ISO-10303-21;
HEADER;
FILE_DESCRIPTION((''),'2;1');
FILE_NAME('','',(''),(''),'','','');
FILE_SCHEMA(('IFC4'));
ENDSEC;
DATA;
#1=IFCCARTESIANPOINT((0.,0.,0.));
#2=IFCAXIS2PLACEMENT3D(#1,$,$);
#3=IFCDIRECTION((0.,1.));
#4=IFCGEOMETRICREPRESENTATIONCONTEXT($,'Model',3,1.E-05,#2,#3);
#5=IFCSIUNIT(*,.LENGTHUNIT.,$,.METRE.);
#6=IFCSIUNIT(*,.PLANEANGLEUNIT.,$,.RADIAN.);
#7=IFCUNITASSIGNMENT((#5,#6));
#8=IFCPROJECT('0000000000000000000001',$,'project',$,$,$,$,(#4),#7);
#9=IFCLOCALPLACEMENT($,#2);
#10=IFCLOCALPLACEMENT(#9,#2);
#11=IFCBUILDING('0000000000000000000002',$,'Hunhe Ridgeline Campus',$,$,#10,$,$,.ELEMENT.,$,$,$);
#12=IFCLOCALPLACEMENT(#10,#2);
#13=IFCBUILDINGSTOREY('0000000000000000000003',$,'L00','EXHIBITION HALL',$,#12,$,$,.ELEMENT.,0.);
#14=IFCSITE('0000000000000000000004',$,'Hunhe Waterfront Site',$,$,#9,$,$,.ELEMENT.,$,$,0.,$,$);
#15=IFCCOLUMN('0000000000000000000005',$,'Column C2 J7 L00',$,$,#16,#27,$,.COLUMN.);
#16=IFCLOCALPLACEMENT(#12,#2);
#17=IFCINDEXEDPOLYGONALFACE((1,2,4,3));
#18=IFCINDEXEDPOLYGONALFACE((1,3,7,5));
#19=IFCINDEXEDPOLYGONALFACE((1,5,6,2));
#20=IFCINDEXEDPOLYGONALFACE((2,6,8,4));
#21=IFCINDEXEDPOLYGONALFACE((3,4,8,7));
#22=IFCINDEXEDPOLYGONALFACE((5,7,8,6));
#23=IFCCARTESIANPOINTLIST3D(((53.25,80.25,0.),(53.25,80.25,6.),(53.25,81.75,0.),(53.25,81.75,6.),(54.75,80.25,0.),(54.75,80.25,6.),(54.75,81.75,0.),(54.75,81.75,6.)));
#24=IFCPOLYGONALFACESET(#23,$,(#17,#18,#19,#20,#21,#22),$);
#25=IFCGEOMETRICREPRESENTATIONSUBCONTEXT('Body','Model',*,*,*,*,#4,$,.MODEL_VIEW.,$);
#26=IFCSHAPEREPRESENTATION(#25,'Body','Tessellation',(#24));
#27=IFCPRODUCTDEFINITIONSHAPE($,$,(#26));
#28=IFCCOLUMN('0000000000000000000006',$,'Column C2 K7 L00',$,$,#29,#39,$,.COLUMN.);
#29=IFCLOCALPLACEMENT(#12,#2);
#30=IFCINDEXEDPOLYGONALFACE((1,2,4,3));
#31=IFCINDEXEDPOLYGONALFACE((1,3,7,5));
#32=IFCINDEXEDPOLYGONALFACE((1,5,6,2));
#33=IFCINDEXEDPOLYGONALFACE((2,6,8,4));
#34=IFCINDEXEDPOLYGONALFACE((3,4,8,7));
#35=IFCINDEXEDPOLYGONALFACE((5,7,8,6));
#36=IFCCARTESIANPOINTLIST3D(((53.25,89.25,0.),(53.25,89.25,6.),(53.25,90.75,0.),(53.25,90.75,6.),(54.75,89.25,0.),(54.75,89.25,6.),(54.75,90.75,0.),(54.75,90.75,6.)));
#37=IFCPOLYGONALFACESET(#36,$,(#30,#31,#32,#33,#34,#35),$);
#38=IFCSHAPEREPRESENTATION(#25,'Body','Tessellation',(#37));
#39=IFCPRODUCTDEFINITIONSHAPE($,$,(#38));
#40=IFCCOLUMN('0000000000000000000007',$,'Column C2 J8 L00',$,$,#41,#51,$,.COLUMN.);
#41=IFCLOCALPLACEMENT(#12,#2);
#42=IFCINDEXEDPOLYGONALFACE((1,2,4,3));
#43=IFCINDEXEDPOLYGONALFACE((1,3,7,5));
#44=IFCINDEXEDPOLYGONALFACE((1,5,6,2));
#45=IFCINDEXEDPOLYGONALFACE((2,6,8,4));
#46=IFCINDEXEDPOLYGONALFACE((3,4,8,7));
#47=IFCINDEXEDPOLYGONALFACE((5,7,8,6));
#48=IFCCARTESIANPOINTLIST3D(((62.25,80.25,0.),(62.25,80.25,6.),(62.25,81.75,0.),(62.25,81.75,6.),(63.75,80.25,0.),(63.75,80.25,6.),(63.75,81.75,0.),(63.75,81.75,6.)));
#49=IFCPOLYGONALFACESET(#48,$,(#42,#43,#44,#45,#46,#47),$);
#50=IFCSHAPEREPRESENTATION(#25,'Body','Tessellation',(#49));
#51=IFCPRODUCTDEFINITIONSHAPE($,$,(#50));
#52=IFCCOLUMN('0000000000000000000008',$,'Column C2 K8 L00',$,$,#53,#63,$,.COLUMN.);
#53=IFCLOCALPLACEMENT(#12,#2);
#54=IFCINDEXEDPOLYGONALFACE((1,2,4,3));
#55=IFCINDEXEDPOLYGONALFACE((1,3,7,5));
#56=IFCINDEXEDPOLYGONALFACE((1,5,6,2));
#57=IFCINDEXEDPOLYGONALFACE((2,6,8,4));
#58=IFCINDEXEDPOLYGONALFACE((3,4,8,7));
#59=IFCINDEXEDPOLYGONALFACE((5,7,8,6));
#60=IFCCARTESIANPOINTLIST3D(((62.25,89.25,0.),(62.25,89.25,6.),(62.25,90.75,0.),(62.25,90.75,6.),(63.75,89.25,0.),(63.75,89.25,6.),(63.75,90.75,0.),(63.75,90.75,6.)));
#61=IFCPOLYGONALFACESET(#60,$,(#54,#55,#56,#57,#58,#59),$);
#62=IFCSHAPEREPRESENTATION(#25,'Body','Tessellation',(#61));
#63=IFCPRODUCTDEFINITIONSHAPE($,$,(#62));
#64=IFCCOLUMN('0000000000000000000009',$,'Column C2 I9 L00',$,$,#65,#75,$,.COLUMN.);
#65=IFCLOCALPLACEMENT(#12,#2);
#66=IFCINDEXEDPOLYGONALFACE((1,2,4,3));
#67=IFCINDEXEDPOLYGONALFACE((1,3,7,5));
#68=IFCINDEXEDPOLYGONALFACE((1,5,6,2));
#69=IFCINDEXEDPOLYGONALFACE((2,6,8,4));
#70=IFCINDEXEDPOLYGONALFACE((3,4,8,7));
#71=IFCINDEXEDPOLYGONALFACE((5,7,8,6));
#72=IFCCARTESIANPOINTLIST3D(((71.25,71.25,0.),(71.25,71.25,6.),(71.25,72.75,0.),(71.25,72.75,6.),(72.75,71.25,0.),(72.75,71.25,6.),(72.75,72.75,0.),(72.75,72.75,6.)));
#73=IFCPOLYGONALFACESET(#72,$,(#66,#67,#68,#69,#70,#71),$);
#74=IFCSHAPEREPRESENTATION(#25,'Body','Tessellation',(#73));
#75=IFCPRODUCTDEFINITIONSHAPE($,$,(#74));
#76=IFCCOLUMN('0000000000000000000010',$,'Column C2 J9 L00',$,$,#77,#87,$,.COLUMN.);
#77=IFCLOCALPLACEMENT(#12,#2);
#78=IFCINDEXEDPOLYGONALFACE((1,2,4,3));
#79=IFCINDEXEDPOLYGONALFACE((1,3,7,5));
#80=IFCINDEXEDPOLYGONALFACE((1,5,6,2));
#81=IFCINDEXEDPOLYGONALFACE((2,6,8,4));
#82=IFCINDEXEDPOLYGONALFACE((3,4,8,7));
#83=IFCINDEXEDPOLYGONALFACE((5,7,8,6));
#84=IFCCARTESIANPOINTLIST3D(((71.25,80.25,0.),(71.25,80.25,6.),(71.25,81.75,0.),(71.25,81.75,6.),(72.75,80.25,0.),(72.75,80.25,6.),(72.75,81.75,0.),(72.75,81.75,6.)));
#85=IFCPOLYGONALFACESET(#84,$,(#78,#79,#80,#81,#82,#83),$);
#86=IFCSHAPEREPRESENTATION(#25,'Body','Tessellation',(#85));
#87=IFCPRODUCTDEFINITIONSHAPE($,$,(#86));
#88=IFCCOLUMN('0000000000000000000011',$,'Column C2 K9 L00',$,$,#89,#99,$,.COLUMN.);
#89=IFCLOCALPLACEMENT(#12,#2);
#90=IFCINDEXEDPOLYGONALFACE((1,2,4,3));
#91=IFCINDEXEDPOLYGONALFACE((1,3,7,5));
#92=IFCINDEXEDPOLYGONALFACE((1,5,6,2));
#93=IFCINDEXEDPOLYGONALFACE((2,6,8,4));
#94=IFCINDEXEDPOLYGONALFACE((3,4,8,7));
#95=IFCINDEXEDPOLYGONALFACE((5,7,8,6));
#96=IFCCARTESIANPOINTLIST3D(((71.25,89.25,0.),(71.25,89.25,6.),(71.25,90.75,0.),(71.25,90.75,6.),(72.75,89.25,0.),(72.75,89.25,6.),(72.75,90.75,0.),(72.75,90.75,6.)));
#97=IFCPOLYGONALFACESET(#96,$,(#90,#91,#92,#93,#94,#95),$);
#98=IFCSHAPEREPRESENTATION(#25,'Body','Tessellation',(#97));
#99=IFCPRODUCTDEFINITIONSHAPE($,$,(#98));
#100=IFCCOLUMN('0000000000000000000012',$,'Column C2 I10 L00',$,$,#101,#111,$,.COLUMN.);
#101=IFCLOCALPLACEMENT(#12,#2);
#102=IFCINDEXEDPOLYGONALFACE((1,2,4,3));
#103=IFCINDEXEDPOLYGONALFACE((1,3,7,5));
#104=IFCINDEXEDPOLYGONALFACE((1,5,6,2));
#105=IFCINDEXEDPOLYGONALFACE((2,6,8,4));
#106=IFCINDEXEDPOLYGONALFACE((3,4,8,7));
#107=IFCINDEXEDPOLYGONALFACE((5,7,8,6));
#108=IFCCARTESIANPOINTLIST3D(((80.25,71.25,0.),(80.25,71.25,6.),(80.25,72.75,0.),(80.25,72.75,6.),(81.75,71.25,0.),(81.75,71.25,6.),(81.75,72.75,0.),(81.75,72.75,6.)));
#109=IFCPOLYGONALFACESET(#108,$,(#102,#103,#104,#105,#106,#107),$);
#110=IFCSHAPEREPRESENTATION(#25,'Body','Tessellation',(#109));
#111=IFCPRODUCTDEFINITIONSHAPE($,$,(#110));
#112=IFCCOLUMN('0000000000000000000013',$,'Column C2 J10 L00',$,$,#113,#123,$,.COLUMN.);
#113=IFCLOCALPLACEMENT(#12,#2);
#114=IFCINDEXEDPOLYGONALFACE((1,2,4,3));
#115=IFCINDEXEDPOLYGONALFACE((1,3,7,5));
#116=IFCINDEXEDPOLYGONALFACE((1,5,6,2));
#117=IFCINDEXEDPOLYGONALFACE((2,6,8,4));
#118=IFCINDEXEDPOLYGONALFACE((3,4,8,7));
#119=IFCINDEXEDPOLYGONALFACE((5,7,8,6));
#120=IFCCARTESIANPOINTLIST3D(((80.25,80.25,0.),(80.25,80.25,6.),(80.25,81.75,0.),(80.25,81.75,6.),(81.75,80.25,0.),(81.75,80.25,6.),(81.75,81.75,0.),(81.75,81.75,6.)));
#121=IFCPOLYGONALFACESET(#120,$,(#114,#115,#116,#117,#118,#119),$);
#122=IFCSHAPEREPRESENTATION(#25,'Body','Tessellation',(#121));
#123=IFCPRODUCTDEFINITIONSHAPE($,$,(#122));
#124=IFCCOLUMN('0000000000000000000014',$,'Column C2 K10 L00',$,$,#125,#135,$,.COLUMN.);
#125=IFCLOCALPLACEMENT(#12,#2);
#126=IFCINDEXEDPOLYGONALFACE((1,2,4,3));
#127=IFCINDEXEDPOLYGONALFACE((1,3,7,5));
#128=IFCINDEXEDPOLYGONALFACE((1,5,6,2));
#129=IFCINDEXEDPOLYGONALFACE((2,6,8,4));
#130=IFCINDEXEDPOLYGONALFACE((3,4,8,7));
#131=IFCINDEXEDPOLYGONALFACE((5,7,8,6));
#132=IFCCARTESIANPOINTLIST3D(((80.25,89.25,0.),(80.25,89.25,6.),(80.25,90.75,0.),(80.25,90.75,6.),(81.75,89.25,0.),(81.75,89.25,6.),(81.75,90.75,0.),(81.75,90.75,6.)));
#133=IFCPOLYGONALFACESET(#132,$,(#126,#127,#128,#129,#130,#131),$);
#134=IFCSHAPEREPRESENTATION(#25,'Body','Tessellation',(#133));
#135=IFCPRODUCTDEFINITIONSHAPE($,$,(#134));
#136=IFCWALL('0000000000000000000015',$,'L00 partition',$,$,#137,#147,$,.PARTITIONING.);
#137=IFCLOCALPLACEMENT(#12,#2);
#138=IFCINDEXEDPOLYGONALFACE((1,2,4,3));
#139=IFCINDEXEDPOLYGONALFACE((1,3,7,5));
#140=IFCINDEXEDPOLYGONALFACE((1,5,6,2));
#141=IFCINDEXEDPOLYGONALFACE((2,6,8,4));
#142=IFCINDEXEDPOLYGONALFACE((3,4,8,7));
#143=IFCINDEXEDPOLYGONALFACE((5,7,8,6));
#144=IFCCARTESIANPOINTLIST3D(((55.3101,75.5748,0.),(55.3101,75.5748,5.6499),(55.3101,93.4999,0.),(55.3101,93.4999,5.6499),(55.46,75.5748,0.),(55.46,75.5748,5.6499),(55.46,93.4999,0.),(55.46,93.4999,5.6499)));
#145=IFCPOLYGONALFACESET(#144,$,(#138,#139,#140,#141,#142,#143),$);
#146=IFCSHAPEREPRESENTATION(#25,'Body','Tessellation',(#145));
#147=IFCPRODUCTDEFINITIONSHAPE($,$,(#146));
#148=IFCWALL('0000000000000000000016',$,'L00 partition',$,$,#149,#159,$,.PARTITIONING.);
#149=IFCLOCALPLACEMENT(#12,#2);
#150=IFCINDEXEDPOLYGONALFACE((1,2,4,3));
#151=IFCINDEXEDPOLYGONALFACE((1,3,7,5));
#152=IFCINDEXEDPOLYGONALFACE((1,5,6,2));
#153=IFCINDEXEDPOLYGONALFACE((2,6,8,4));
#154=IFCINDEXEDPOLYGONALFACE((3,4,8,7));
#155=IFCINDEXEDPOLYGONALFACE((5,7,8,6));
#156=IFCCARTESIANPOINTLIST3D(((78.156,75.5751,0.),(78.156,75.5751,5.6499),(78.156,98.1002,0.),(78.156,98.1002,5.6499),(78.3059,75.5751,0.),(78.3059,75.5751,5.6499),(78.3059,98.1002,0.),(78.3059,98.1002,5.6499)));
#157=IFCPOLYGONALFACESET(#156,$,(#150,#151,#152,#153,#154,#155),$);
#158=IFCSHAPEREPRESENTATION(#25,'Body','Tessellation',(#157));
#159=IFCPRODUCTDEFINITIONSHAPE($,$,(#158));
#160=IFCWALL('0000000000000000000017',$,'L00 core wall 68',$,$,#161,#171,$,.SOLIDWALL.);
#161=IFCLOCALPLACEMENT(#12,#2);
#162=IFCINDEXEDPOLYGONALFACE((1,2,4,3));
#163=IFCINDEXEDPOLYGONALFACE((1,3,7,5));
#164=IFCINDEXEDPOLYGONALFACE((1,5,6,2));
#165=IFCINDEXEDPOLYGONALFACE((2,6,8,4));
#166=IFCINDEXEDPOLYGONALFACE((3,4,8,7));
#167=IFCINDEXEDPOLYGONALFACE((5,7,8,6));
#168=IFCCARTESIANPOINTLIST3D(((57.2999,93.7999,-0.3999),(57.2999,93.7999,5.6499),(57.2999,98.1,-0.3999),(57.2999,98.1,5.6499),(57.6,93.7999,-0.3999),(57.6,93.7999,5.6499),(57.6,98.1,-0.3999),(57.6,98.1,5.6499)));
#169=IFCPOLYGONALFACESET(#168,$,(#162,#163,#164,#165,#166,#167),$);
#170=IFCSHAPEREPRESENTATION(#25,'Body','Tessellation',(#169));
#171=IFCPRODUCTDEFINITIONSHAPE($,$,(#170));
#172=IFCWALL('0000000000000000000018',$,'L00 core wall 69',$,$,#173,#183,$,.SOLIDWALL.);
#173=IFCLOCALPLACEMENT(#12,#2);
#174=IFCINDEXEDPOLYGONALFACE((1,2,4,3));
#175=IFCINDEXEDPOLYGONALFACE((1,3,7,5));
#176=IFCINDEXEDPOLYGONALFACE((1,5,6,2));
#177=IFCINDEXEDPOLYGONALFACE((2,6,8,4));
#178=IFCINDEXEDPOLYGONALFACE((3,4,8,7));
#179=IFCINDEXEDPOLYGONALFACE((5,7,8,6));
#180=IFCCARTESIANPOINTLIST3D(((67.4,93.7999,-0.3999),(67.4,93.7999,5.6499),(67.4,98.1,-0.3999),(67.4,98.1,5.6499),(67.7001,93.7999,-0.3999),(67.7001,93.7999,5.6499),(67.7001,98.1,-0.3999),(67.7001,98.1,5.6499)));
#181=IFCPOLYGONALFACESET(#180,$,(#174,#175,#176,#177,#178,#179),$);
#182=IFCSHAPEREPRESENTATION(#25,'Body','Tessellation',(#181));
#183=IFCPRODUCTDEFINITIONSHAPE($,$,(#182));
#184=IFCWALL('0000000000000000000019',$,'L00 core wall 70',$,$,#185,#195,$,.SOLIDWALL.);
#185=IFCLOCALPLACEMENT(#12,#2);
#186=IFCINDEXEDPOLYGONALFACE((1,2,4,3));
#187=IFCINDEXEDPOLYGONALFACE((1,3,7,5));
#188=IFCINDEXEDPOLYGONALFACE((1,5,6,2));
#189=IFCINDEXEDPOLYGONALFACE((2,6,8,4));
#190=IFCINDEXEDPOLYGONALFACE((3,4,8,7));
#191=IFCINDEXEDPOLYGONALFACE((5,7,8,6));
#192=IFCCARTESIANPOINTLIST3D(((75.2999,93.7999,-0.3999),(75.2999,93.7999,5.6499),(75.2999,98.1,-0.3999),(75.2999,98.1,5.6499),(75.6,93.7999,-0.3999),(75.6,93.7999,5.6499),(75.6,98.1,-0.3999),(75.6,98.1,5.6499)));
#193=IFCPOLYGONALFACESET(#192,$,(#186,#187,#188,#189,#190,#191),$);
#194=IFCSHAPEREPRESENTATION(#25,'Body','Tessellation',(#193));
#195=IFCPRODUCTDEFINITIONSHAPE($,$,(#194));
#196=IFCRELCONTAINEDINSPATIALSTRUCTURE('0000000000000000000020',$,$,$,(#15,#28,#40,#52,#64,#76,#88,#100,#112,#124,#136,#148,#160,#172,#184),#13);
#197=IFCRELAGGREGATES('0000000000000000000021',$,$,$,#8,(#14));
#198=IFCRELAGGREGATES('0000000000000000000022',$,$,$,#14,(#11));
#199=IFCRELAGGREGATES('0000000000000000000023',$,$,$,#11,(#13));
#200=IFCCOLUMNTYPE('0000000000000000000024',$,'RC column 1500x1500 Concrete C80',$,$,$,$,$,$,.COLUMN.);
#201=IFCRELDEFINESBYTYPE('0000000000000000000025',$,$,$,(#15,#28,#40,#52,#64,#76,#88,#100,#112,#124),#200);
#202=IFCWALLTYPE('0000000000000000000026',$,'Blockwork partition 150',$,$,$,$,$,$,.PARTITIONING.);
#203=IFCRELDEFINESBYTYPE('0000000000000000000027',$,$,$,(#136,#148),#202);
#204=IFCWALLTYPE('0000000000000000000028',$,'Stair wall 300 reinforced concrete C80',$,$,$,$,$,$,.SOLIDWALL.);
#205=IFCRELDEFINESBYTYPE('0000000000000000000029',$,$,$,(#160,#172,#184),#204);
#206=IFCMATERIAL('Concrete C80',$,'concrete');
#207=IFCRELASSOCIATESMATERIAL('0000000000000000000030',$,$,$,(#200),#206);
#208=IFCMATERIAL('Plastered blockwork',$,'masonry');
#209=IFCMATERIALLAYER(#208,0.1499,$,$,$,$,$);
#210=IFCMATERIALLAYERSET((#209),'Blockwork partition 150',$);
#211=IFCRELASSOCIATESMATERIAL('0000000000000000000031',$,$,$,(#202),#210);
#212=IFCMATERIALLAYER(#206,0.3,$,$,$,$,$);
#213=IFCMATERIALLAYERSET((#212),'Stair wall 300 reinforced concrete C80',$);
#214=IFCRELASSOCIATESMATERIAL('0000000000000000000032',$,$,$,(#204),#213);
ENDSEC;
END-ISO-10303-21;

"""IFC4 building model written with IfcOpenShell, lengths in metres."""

from ifc_helpers import new_model, si_unit, direction, frame, frame_2d, origin, origin_2d, place, context, subcontext, project, spatial, rectangle, extrude, material, layer, layer_set, material_profile, profile_set, type_object, element, save


model = new_model("IFC4")

# Units and contexts
model_context = context("Model", 3, precision=1e-05, world=origin(), true_north=direction((0.0, 1.0)))
body_context = subcontext(model_context, "Body", "Model", "MODEL_VIEW")
ifc_project = project(units=[si_unit("LENGTHUNIT", "METRE"), si_unit("PLANEANGLEUNIT", "RADIAN")], contexts=[model_context])

# Site, building, storey
site_placement = place(None, origin())
site = spatial("IfcSite", under=ifc_project, at=site_placement, Name="Hunhe Waterfront Site", CompositionType="ELEMENT", RefElevation=0.0)
building_placement = place(site_placement, origin())
building = spatial("IfcBuilding", under=site, at=building_placement, Name="Hunhe Ridgeline Campus", CompositionType="ELEMENT")
storey_placement = place(building_placement, origin())
storey = spatial("IfcBuildingStorey", under=building, at=storey_placement, Name="L00", Description="EXHIBITION HALL", CompositionType="ELEMENT", Elevation=0.0)

# Columns
ifc_material_1 = material(Name="Concrete C80", Category="concrete")
ifc_material_profile = material_profile(ifc_material_1, rectangle(XDim=1.5, YDim=1.5, at=origin_2d()))
ifc_profile_set = profile_set([ifc_material_profile], Name="Concrete C80")
column_type = type_object("IfcColumnType", Name="RC column 1500x1500 Concrete C80", PredefinedType="COLUMN", material=ifc_profile_set)
for number, where, z_axis, x_axis, name in (
    (1, (54.0, 81.0, 0.0), (0.0, 0.0, 1.0), (1.0, 0.0, 0.0), "Column C2 J7 L00"),
    (2, (54.0, 90.0, 0.0), (0.0, 0.0, 1.0), (1.0, 0.0, 0.0), "Column C2 K7 L00"),
    (3, (63.0, 81.0, 0.0), (0.0, 0.0, 1.0), (1.0, 0.0, 0.0), "Column C2 J8 L00"),
    (4, (63.0, 90.0, 0.0), (0.0, 0.0, 1.0), (1.0, 0.0, 0.0), "Column C2 K8 L00"),
    (5, (72.0, 72.0, 0.0), (0.0, 0.0, 1.0), (1.0, 0.0, 0.0), "Column C2 I9 L00"),
    (6, (72.0, 81.0, 0.0), (0.0, 0.0, 1.0), (1.0, 0.0, 0.0), "Column C2 J9 L00"),
    (7, (72.0, 90.0, 0.0), (0.0, 0.0, 1.0), (1.0, 0.0, 0.0), "Column C2 K9 L00"),
    (8, (81.0, 72.0, 0.0), (0.0, 0.0, 1.0), (1.0, 0.0, 0.0), "Column C2 I10 L00"),
    (9, (81.0, 81.0, 0.0), (0.0, 0.0, 1.0), (1.0, 0.0, 0.0), "Column C2 J10 L00"),
    (10, (81.0, 90.0, 0.0), (0.0, 0.0, 1.0), (1.0, 0.0, 0.0), "Column C2 K10 L00"),
):
    element("IfcColumn", number, at=place(storey_placement, frame(where, z_axis=z_axis, x_axis=x_axis)), inside=storey, type_object=column_type, Name=name, PredefinedType="COLUMN", context=body_context, shape_type="SweptSolid", body=[
        extrude(rectangle(XDim=1.5, YDim=1.5, at=origin_2d()), origin(), (0.0, 0.0, 1.0), 6.0),
    ])

# Walls
ifc_material_2 = material(Name="Plastered blockwork", Category="masonry")
ifc_layer_1 = layer(ifc_material_2, 0.1499)
ifc_layer_set_1 = layer_set([ifc_layer_1], Name="Blockwork partition 150")
wall_type_1 = type_object("IfcWallType", Name="Blockwork partition 150", PredefinedType="PARTITIONING", material=ifc_layer_set_1)
wall_1_placement = place(storey_placement, frame((55.385, 75.575, 0.0), z_axis=(0.0, 0.0, 1.0), x_axis=(0.0, 1.0, 0.0)))
element("IfcWall", 11, at=wall_1_placement, inside=storey, type_object=wall_type_1, Name="L00 partition", PredefinedType="PARTITIONING", context=body_context, shape_type="SweptSolid", body=[
    extrude(rectangle(XDim=17.925, YDim=0.1499, at=frame_2d((8.9624, 0.0))), origin(), (0.0, 0.0, 1.0), 5.6499),
])
wall_2_placement = place(storey_placement, frame((78.231, 75.575, 0.0), z_axis=(0.0, 0.0, 1.0), x_axis=(0.0, 1.0, 0.0)))
element("IfcWall", 12, at=wall_2_placement, inside=storey, type_object=wall_type_1, Name="L00 partition", PredefinedType="PARTITIONING", context=body_context, shape_type="SweptSolid", body=[
    extrude(rectangle(XDim=22.5251, YDim=0.1499, at=frame_2d((11.2627, 0.0))), origin(), (0.0, 0.0, 1.0), 5.6499),
])

# Shared definitions
ifc_layer_2 = layer(ifc_material_1, 0.3)
ifc_layer_set_2 = layer_set([ifc_layer_2], Name="Stair wall 300 reinforced concrete C80")
wall_type_2 = type_object("IfcWallType", Name="Stair wall 300 reinforced concrete C80", PredefinedType="SOLIDWALL", material=ifc_layer_set_2)

# Walls
for number, where, z_axis, x_axis, name in (
    (13, (57.45, 93.8, -0.3999), (0.0, 0.0, 1.0), (0.0, 1.0, 0.0), "L00 core wall 68"),
    (14, (67.55, 93.8, -0.3999), (0.0, 0.0, 1.0), (0.0, 1.0, 0.0), "L00 core wall 69"),
    (15, (75.45, 93.8, -0.3999), (0.0, 0.0, 1.0), (0.0, 1.0, 0.0), "L00 core wall 70"),
):
    element("IfcWall", number, at=place(storey_placement, frame(where, z_axis=z_axis, x_axis=x_axis)), inside=storey, type_object=wall_type_2, Name=name, PredefinedType="SOLIDWALL", context=body_context, shape_type="SweptSolid", body=[
        extrude(rectangle(XDim=4.3, YDim=0.3, at=frame_2d((2.1499, 0.0))), origin(), (0.0, 0.0, 1.0), 6.0498),
    ])

save(model, "model.ifc")
